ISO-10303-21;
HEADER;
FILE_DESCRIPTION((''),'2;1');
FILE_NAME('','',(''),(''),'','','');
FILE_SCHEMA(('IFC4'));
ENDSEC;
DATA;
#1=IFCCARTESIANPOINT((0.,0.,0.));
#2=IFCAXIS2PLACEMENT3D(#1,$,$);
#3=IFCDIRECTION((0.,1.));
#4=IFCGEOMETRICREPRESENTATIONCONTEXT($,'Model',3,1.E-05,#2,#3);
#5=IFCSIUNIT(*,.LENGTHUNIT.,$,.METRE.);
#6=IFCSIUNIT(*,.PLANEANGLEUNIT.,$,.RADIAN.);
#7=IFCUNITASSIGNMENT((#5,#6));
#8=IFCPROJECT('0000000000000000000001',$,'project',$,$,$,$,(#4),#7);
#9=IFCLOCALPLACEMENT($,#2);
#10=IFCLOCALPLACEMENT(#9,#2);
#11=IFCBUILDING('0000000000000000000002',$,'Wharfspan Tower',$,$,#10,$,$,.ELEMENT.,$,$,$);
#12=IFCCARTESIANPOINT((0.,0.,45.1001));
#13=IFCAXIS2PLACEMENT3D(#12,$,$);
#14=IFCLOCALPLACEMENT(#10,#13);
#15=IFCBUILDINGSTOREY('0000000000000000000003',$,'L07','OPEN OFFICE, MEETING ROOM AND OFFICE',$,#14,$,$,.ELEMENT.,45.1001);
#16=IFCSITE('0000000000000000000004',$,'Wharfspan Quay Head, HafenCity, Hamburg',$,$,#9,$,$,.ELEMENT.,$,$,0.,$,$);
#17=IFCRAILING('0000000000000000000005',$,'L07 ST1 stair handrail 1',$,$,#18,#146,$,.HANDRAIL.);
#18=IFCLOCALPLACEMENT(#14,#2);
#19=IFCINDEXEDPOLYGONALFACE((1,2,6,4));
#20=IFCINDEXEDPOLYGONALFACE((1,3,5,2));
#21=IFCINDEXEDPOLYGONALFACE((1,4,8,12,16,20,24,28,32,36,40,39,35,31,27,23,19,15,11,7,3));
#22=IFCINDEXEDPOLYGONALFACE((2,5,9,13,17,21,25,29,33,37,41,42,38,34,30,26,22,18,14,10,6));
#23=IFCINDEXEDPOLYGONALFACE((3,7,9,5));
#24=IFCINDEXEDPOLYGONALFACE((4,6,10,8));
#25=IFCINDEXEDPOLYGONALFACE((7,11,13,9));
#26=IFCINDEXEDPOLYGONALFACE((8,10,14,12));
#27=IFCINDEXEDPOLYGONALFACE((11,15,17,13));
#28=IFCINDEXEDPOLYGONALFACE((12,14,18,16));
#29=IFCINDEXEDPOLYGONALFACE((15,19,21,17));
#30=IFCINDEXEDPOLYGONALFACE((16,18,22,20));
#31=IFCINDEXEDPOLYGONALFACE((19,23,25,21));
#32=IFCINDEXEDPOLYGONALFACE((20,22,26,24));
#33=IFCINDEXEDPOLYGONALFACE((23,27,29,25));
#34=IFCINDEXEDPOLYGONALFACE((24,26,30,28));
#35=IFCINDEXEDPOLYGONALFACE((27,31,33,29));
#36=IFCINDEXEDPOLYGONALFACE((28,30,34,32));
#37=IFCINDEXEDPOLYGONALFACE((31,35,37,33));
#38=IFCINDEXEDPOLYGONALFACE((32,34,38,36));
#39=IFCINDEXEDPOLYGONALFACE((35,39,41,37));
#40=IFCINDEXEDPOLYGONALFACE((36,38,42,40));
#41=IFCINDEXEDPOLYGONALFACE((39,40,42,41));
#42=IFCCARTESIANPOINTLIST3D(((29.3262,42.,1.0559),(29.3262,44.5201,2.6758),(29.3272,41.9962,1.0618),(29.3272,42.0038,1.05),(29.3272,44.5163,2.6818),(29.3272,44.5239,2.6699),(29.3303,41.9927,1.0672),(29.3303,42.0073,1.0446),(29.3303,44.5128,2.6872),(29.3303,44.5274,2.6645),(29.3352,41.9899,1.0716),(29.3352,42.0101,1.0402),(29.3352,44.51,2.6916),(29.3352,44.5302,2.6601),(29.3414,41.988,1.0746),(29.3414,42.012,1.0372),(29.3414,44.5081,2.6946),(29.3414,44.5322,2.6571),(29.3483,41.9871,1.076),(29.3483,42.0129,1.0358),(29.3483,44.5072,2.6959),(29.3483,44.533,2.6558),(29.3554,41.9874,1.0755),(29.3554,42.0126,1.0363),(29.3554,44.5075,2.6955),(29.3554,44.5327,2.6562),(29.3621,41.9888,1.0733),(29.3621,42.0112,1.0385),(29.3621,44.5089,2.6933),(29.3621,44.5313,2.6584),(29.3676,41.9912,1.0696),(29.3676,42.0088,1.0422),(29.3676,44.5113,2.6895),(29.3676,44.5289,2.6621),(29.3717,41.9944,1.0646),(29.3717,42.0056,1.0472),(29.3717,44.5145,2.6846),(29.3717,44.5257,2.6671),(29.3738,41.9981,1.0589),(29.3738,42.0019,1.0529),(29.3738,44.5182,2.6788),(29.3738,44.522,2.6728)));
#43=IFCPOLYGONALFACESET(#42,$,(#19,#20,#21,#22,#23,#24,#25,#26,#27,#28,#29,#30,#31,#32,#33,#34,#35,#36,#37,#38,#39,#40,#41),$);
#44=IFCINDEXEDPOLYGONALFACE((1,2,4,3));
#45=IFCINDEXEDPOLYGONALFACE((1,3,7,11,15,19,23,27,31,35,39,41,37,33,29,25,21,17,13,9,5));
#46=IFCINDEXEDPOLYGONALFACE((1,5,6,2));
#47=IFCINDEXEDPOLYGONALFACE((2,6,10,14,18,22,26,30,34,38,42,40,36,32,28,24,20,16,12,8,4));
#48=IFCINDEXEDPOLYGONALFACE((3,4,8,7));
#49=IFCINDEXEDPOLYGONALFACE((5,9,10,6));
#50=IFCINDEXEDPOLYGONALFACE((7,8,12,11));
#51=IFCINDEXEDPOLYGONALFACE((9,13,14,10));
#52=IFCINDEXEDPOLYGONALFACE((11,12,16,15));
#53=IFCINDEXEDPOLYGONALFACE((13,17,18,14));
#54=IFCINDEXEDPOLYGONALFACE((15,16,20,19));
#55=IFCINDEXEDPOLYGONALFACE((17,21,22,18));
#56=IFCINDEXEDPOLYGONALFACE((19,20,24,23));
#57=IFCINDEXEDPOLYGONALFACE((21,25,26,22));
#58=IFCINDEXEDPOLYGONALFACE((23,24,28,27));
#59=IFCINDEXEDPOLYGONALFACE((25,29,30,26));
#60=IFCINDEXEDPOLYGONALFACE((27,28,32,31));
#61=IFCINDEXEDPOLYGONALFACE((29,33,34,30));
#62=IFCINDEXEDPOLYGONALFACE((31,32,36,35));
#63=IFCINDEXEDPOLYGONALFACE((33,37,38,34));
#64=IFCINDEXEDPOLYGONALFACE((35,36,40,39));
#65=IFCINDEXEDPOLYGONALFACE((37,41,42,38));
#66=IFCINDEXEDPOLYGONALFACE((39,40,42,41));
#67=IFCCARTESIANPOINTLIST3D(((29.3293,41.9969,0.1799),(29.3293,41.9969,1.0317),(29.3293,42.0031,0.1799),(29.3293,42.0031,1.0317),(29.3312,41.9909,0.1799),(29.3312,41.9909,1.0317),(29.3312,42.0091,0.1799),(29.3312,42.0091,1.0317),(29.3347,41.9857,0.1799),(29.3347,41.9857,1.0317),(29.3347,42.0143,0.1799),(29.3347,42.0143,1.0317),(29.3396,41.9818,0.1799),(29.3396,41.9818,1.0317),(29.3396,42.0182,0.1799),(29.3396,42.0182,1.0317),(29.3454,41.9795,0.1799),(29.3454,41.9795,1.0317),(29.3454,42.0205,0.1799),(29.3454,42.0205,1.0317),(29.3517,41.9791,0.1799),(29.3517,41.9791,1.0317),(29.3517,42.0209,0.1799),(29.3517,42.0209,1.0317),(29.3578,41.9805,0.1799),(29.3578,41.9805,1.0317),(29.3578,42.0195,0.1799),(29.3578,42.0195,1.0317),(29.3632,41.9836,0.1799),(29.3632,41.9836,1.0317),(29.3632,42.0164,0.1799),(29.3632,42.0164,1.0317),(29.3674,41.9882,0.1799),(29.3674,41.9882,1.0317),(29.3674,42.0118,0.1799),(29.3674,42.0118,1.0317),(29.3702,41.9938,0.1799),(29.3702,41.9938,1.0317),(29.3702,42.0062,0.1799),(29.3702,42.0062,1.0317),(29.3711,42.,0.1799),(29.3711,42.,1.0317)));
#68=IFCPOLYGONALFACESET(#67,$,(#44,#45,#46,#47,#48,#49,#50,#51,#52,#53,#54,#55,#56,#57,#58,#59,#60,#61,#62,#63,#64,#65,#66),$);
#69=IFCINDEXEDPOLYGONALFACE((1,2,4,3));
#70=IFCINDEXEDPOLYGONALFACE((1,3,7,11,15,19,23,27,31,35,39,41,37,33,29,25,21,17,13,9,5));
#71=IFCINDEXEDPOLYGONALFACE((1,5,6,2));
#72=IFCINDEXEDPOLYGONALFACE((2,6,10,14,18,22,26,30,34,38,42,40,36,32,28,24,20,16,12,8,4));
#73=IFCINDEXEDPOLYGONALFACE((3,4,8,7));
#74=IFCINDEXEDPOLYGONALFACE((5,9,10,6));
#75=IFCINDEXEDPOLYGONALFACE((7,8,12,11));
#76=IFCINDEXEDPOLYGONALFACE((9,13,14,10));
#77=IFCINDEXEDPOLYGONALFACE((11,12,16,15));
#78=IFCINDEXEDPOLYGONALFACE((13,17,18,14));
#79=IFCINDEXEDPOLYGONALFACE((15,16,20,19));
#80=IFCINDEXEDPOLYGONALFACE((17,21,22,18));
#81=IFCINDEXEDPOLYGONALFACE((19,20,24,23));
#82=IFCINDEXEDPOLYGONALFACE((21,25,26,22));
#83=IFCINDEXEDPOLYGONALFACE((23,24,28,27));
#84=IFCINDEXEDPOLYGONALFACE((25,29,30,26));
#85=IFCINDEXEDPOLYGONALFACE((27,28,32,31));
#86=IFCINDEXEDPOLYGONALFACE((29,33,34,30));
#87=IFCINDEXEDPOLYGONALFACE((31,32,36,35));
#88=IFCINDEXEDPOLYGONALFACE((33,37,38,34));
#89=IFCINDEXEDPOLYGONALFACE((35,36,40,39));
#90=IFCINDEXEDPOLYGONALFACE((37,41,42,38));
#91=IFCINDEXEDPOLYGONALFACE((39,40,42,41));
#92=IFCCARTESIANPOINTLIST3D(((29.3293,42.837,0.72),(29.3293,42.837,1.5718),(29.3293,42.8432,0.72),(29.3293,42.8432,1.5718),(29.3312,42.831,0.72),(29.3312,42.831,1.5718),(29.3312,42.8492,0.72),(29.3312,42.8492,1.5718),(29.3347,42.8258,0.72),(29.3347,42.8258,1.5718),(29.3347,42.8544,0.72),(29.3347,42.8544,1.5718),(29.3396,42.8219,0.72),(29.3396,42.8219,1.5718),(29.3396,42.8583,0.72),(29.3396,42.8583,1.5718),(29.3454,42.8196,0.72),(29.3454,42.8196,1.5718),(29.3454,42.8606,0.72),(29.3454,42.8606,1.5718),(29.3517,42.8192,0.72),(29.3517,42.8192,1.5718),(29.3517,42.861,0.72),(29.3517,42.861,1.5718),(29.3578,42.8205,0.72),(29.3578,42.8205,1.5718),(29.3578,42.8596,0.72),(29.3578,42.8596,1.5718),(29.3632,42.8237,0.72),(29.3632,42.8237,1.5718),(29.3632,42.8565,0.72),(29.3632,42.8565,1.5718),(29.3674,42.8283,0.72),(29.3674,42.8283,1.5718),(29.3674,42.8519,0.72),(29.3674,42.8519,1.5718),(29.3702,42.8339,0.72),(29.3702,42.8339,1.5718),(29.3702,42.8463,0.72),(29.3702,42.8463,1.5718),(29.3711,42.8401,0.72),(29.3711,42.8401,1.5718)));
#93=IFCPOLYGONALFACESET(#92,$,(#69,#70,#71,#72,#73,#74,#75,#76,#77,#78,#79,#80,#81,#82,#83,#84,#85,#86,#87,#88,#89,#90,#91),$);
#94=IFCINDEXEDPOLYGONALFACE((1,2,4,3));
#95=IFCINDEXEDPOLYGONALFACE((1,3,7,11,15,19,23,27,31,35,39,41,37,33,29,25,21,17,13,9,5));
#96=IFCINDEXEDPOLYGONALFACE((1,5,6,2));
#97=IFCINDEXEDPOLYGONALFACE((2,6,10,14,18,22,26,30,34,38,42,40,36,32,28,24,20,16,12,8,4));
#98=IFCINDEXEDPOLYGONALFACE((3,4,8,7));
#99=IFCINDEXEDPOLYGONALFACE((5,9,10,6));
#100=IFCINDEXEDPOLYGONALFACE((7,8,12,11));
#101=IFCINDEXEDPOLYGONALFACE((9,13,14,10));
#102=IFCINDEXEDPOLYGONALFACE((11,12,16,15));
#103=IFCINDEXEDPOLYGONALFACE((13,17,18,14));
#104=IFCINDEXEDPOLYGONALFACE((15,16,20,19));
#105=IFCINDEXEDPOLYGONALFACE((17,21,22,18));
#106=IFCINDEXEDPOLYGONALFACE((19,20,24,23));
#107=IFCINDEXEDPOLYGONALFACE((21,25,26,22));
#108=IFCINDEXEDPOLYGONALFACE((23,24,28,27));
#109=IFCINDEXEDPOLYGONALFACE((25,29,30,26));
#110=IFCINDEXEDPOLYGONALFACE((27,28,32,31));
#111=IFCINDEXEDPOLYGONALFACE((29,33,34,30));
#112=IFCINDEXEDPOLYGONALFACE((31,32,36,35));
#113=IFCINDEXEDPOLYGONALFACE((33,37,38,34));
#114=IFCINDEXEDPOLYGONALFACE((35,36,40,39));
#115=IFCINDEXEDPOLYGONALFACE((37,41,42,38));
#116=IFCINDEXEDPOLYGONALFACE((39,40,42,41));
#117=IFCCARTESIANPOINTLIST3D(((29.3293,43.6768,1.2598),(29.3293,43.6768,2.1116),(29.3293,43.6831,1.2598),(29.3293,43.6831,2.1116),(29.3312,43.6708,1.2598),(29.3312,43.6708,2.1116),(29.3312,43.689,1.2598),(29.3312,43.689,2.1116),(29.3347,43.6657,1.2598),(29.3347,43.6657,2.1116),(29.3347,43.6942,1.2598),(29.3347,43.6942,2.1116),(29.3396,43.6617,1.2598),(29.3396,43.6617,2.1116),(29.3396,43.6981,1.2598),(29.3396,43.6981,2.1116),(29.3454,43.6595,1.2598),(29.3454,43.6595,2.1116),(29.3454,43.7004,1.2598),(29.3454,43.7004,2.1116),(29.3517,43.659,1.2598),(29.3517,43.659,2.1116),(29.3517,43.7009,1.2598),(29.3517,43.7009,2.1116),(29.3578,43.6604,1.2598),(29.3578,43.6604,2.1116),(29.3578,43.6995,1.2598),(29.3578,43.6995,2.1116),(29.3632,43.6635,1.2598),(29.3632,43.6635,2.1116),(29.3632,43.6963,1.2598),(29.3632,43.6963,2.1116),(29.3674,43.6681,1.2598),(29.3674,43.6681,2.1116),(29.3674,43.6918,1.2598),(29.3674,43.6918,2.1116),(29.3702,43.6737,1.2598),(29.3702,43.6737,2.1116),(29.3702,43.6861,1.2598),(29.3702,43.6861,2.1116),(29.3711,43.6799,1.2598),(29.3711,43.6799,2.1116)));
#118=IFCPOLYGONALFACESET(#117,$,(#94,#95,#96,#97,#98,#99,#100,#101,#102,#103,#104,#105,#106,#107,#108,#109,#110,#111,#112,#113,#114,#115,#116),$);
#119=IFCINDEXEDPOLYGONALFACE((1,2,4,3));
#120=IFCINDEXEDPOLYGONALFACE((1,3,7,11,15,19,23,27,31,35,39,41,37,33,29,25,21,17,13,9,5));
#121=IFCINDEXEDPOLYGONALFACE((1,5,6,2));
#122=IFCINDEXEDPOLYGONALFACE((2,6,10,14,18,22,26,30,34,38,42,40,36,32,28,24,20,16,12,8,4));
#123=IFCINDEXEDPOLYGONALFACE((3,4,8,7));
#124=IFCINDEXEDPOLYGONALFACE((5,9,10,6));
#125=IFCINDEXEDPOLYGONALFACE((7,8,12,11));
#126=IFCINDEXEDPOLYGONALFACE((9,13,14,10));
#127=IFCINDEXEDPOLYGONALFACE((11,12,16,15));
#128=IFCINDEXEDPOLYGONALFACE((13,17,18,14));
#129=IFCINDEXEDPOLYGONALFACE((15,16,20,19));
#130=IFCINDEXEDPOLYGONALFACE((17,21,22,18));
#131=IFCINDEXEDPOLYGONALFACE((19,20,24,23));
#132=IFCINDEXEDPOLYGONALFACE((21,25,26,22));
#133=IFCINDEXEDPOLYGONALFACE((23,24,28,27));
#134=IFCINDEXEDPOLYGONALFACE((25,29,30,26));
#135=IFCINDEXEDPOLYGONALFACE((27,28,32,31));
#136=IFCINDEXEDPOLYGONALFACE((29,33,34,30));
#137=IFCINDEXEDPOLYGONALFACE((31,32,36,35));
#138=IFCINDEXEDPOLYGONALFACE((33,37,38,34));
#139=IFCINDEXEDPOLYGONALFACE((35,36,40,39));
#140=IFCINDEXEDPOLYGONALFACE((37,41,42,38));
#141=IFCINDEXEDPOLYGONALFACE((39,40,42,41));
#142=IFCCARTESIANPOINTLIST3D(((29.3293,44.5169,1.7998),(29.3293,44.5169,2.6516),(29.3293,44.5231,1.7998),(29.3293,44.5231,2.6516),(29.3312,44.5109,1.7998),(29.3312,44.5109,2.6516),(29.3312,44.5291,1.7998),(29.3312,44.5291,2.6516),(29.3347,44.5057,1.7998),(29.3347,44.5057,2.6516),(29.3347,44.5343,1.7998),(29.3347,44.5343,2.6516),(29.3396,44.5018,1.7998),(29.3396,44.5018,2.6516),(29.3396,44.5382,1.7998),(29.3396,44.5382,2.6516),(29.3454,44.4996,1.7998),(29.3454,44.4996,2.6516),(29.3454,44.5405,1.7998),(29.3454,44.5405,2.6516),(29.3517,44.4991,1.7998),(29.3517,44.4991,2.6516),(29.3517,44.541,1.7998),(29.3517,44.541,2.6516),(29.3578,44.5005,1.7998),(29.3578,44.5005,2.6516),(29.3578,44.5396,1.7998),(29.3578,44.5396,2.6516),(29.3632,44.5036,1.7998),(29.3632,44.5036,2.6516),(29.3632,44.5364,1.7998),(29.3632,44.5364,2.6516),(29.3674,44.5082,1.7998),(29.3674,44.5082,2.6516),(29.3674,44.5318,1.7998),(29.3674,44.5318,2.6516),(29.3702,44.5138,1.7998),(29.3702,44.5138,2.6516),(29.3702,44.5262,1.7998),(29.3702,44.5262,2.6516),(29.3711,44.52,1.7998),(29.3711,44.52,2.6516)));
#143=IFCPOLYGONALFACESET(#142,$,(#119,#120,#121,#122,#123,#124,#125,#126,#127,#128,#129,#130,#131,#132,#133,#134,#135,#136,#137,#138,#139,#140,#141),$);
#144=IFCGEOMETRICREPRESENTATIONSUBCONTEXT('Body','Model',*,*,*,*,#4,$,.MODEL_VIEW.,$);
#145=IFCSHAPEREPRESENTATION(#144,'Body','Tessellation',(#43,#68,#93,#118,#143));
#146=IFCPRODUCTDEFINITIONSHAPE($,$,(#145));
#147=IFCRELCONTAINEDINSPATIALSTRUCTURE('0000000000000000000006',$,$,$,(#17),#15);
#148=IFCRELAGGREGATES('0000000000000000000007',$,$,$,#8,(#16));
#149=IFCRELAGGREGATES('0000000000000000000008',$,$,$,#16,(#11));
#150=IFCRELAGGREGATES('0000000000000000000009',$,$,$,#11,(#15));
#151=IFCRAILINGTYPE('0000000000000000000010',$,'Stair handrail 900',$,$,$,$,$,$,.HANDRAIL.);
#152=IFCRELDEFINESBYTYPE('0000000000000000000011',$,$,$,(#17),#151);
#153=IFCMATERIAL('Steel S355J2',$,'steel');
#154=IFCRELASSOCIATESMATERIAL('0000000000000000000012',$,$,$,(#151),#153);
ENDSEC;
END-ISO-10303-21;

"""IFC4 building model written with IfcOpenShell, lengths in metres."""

from ifc_helpers import new_model, si_unit, direction, frame, origin, origin_2d, place, context, subcontext, project, spatial, circle, extrude, material, type_object, element, save


model = new_model("IFC4")

# Units and contexts
model_context = context("Model", 3, precision=1e-05, world=origin(), true_north=direction((0.0, 1.0)))
body_context = subcontext(model_context, "Body", "Model", "MODEL_VIEW")
ifc_project = project(units=[si_unit("LENGTHUNIT", "METRE"), si_unit("PLANEANGLEUNIT", "RADIAN")], contexts=[model_context])

# Site, building, storey
site_placement = place(None, origin())
site = spatial("IfcSite", under=ifc_project, at=site_placement, Name="Wharfspan Quay Head, HafenCity, Hamburg", CompositionType="ELEMENT", RefElevation=0.0)
building_placement = place(site_placement, origin())
building = spatial("IfcBuilding", under=site, at=building_placement, Name="Wharfspan Tower", CompositionType="ELEMENT")
storey_placement = place(building_placement, frame((0.0, 0.0, 45.1001)))
storey = spatial("IfcBuildingStorey", under=building, at=storey_placement, Name="L07", Description="OPEN OFFICE, MEETING ROOM AND OFFICE", CompositionType="ELEMENT", Elevation=45.1001)

# Shared definitions
ifc_material_1 = material(Name="Steel S355J2", Category="steel")

# Railing
railing_type_1 = type_object("IfcRailingType", Name="Stair handrail 900", PredefinedType="HANDRAIL", material=ifc_material_1)
railing_1_placement = place(storey_placement, frame((29.3501, 42.0, 0.1799)))
element("IfcRailing", 1, at=railing_1_placement, inside=storey, type_object=railing_type_1, Name="L07 ST1 stair handrail 1", PredefinedType="HANDRAIL", context=body_context, shape_type="SweptSolid", body=[
    extrude(circle(Radius=0.0239, at=origin_2d()), frame((0.0, 0.0, 0.876), z_axis=(0.0, 0.8412, 0.540725), x_axis=(-1.0, 0.0, 0.0)), (0.0, 0.0, 1.0), 2.9958),
    extrude(circle(Radius=0.021, at=origin_2d()), origin(), (0.0, 0.0, 1.0), 0.8518),
    extrude(circle(Radius=0.021, at=origin_2d()), frame((0.0, 0.8401, 0.54)), (0.0, 0.0, 1.0), 0.8518),
    extrude(circle(Radius=0.021, at=origin_2d()), frame((0.0, 1.6799, 1.0798)), (0.0, 0.0, 1.0), 0.8518),
    extrude(circle(Radius=0.021, at=origin_2d()), frame((0.0, 2.52, 1.6199)), (0.0, 0.0, 1.0), 0.8518),
])

save(model, "model.ifc")
